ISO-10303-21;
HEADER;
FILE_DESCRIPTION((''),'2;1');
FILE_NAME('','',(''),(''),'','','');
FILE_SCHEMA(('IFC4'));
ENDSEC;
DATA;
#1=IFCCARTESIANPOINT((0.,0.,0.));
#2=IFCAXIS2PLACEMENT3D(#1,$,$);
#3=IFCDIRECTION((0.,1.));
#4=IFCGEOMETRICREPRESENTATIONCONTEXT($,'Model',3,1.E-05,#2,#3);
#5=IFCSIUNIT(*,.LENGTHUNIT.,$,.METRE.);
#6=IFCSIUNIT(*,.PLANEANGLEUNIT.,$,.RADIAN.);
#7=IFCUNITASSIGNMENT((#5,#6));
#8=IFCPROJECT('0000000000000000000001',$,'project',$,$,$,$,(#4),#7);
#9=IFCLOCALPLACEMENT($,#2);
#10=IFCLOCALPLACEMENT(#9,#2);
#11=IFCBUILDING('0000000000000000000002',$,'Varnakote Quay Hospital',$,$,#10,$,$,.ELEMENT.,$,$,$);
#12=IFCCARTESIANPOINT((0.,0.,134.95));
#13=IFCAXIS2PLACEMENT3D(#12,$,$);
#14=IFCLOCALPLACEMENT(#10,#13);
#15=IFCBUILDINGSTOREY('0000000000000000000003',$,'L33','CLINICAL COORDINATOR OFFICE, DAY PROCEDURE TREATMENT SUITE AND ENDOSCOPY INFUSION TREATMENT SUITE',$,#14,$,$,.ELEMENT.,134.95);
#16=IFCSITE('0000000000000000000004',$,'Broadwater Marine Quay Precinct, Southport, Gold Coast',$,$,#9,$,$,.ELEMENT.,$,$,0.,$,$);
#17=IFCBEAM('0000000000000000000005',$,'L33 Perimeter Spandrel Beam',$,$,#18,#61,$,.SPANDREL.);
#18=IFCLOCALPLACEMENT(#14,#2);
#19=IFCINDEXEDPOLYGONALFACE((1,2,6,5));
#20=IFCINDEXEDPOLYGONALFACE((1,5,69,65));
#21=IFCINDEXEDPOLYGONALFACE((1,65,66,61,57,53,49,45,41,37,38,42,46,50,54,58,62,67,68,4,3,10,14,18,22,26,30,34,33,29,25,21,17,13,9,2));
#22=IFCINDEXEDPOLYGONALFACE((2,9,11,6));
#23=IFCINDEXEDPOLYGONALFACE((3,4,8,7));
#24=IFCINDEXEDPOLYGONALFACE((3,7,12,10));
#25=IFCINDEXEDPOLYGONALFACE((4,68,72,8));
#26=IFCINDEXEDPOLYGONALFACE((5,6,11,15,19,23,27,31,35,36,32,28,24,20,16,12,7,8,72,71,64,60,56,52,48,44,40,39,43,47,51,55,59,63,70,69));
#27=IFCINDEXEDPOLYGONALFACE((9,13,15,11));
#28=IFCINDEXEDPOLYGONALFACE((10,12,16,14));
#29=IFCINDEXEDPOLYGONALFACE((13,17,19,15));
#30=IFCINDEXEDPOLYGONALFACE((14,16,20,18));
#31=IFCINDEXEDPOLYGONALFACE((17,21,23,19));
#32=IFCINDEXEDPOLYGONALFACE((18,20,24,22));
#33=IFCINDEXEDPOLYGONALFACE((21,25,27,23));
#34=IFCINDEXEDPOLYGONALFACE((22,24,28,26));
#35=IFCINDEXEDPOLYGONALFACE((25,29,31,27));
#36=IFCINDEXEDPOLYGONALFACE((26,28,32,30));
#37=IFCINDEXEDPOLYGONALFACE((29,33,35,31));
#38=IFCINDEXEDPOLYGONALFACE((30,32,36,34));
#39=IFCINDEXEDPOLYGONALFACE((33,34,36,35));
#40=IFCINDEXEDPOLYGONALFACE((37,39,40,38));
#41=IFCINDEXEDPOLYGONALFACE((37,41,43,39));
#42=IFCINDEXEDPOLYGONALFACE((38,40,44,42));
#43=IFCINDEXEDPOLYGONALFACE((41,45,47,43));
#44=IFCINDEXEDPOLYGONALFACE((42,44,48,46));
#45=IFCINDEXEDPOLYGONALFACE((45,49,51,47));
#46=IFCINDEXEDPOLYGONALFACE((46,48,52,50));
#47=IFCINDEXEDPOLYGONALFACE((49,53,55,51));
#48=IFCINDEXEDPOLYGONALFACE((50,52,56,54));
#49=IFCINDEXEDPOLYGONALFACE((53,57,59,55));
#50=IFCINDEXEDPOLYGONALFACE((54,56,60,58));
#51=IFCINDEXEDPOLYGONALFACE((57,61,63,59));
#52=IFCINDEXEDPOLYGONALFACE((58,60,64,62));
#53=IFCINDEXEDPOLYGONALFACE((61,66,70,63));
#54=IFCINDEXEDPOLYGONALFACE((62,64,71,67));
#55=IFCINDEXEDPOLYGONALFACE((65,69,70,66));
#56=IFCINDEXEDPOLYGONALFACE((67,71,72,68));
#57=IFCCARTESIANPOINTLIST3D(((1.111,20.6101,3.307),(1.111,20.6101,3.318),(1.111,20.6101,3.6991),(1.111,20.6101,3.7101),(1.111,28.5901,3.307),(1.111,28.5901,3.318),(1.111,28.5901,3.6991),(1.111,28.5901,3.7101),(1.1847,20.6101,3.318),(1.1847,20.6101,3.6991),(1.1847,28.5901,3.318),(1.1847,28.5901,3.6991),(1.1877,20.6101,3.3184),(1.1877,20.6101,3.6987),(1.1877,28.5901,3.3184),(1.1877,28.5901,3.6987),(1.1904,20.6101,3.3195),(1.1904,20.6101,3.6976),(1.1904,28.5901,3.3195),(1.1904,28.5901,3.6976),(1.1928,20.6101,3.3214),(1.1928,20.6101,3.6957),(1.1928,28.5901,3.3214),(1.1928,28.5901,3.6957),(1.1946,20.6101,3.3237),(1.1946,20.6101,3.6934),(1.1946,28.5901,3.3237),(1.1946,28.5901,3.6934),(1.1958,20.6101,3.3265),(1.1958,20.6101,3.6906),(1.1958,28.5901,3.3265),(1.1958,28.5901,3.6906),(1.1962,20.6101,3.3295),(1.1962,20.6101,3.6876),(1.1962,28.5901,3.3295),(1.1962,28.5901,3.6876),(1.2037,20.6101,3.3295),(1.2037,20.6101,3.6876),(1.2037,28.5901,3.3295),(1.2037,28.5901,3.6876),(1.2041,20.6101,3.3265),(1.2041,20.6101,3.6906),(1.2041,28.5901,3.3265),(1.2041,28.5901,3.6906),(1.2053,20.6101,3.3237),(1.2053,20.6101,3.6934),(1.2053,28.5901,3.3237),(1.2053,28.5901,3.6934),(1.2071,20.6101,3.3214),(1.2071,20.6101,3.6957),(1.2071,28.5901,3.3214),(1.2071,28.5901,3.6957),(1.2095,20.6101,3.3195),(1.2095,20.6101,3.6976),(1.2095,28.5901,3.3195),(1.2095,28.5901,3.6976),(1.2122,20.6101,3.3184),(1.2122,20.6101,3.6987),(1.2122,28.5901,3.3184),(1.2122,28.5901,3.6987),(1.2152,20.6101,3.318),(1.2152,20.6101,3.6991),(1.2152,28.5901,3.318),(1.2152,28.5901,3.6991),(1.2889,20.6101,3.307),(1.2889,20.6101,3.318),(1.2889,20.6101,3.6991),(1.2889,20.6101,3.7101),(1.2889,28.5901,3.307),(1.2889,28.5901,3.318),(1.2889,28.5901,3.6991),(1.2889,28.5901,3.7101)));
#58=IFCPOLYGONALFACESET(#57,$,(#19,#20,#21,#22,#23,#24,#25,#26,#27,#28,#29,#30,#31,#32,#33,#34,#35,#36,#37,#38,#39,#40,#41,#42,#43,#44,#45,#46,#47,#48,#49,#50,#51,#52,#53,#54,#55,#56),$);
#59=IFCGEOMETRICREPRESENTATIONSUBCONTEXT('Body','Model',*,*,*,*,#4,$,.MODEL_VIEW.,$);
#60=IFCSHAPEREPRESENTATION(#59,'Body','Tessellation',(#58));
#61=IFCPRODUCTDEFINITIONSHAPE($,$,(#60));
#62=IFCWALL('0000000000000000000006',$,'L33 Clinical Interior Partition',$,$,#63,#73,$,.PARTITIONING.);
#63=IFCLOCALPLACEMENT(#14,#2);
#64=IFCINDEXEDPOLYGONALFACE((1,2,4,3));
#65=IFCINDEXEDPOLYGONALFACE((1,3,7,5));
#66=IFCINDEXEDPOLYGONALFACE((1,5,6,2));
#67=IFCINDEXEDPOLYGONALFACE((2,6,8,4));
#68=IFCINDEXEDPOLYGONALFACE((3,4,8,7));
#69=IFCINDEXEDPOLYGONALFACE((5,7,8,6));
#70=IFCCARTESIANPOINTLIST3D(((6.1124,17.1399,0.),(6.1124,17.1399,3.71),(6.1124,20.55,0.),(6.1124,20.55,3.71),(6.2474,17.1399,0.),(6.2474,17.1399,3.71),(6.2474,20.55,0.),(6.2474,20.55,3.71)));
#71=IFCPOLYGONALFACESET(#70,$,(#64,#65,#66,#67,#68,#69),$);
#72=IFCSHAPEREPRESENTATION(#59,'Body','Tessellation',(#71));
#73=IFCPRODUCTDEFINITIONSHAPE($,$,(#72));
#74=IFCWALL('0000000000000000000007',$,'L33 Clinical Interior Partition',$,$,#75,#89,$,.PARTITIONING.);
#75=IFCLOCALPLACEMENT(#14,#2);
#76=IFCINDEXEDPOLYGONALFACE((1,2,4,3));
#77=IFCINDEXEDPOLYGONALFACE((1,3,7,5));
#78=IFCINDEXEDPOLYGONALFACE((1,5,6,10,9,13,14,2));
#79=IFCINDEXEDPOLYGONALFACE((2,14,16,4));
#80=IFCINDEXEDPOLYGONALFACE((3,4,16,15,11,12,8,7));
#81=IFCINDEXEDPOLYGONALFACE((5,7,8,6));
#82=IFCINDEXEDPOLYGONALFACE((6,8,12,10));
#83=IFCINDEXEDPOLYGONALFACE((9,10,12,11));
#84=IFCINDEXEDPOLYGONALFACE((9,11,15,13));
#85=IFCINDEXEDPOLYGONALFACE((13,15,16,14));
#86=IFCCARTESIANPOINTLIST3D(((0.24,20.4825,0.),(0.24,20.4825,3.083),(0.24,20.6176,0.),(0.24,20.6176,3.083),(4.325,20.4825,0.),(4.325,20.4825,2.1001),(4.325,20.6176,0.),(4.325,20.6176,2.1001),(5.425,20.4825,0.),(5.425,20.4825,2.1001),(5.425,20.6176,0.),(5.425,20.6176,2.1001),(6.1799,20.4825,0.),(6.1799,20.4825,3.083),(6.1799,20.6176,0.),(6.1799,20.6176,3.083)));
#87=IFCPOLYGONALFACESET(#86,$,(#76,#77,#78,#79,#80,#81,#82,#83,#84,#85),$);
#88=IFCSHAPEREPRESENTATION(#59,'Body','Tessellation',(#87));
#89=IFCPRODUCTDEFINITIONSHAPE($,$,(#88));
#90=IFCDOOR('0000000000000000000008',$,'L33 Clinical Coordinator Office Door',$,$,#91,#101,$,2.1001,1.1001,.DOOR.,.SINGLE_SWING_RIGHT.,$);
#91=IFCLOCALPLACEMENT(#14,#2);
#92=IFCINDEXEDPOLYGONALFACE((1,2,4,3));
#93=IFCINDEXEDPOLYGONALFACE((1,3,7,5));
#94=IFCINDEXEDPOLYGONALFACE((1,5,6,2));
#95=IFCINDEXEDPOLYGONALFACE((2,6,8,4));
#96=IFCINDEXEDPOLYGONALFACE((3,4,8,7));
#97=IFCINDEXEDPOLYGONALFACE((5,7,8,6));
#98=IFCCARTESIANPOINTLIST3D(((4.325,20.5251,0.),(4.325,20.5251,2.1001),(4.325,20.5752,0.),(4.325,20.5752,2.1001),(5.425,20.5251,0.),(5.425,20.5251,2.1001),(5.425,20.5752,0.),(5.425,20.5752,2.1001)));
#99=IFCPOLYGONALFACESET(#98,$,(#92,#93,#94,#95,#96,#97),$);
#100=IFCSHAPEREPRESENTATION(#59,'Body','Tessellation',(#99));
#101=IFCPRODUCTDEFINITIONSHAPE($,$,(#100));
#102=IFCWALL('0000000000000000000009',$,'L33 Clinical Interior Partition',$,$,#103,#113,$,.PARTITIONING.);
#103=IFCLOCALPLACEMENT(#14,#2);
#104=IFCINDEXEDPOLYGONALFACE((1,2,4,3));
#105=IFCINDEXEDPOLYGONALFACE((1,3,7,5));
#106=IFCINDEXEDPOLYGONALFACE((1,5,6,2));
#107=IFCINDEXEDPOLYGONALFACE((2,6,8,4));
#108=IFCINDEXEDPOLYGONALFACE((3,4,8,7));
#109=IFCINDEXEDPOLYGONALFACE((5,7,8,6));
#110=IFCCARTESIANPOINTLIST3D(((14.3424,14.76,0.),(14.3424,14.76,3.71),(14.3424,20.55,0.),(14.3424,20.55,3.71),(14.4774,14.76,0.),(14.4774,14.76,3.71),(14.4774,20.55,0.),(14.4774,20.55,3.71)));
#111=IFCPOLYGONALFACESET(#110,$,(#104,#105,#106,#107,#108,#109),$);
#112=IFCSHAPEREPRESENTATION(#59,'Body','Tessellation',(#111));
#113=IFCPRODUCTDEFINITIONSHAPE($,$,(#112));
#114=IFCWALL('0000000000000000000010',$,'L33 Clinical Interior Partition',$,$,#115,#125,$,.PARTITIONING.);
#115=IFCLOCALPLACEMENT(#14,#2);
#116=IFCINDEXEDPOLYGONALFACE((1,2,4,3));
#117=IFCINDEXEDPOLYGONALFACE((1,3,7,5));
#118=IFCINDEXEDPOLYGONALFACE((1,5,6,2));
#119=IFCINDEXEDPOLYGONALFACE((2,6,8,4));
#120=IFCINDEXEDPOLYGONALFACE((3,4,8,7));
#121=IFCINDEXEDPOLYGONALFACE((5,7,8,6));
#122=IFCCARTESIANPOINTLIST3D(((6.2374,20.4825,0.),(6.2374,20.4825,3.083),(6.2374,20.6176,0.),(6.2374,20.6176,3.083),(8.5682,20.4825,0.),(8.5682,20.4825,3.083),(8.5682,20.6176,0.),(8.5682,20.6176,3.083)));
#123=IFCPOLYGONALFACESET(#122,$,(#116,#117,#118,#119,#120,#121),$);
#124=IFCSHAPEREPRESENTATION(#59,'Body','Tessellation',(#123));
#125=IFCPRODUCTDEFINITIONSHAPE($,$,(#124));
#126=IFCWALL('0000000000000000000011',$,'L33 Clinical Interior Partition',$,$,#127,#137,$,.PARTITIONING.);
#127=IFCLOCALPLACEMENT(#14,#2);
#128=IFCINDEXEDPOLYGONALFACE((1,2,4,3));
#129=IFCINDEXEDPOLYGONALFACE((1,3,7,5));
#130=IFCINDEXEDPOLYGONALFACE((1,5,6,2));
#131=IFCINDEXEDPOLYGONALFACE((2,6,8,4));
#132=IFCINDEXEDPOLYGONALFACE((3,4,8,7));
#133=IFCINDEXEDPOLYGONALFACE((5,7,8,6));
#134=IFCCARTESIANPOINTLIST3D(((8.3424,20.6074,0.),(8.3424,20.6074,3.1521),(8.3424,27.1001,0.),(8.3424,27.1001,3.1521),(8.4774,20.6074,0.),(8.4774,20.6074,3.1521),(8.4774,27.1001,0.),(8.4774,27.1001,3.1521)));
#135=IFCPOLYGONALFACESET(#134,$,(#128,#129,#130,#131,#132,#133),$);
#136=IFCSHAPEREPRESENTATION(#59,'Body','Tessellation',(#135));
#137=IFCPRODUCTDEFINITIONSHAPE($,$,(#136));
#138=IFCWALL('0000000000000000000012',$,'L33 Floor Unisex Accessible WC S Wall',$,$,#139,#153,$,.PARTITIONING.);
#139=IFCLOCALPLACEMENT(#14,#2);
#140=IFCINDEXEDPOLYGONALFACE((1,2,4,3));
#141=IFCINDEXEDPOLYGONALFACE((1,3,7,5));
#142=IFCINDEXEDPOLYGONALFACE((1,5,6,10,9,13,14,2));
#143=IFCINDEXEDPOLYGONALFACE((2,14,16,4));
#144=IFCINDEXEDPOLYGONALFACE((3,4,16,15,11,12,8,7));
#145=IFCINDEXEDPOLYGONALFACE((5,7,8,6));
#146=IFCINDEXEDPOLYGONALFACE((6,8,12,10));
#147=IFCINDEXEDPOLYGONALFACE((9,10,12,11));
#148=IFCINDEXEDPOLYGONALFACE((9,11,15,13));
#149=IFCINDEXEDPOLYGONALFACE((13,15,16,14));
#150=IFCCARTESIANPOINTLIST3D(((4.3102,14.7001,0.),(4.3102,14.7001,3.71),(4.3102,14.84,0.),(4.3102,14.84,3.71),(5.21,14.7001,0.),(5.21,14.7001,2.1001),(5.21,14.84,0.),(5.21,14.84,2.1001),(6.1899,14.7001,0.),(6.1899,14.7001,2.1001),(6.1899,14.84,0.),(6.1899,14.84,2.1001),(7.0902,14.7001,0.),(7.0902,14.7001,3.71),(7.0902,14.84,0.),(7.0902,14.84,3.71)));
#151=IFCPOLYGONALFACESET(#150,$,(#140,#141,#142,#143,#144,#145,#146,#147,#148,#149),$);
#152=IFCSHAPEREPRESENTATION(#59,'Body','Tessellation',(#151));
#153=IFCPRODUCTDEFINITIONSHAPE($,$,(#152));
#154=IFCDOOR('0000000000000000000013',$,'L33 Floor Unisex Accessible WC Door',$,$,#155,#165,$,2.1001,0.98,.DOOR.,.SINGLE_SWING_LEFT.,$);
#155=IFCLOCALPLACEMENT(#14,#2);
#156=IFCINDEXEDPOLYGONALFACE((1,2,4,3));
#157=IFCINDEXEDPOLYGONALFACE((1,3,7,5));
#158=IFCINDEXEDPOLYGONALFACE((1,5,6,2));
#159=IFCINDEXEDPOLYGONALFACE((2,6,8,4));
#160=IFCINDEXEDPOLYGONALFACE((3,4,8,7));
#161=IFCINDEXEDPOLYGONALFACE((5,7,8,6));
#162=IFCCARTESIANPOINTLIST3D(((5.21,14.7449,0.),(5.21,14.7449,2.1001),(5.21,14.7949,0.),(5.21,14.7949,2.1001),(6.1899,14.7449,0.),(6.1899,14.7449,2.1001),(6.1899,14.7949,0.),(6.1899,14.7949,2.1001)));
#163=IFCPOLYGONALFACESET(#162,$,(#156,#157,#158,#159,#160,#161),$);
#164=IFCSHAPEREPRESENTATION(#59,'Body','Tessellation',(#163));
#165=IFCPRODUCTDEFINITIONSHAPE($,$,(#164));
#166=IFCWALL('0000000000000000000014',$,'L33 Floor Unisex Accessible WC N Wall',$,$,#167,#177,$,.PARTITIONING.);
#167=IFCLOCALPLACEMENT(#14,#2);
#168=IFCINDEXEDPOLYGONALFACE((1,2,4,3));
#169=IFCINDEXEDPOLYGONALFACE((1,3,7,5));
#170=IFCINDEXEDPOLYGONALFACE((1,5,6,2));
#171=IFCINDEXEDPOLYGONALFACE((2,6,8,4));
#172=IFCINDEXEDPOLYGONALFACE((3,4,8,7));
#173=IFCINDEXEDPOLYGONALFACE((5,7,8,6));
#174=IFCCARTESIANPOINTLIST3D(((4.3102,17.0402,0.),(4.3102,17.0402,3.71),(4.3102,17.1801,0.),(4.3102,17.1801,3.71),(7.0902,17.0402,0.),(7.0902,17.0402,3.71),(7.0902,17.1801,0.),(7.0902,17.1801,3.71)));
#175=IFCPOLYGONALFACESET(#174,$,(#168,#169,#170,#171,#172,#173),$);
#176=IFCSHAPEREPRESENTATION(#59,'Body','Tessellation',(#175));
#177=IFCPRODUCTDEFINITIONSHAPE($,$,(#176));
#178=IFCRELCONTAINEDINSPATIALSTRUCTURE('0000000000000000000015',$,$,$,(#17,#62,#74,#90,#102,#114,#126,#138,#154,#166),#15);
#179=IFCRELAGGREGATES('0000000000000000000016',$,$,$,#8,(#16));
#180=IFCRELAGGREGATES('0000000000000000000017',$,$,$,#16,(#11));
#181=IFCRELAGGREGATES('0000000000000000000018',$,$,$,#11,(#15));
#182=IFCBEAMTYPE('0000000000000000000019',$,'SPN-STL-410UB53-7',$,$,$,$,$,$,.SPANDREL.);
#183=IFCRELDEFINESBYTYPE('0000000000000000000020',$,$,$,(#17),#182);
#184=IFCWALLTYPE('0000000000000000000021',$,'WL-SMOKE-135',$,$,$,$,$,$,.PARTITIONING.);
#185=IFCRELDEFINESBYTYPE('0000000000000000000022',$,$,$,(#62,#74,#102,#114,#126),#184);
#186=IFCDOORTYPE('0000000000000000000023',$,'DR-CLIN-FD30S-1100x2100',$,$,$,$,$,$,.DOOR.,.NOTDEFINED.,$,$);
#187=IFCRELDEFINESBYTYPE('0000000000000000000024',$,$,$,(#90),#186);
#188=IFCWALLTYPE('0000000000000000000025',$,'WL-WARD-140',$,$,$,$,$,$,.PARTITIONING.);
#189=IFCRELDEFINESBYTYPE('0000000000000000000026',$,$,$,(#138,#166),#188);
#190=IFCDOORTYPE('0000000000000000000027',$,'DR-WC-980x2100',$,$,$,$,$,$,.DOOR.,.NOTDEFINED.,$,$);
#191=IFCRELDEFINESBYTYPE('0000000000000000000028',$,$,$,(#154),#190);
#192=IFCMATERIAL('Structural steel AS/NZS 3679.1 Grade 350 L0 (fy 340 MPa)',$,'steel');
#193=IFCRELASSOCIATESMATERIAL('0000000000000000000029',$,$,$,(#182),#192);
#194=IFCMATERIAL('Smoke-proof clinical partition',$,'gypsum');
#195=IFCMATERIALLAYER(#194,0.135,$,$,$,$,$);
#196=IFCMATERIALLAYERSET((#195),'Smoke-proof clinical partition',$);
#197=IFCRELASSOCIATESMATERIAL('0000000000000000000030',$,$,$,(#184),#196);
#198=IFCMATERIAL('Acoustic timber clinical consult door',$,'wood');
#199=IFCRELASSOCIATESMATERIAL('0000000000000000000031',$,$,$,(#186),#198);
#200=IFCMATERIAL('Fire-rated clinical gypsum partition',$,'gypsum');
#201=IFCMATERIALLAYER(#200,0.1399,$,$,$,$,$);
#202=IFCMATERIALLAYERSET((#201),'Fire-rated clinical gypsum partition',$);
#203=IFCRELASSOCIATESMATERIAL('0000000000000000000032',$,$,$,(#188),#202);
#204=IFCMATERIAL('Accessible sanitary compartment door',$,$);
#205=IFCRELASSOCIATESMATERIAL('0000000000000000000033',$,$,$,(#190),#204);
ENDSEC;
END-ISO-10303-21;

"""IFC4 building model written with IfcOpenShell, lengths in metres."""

from ifc_helpers import new_model, si_unit, direction, frame, frame_2d, origin, origin_2d, place, context, subcontext, project, spatial, rectangle, i_section, extrude, material, layer, layer_set, material_profile, profile_set, type_object, element, fill, save


model = new_model("IFC4")

# Units and contexts
model_context = context("Model", 3, precision=1e-05, world=origin(), true_north=direction((0.0, 1.0)))
body_context = subcontext(model_context, "Body", "Model", "MODEL_VIEW")
ifc_project = project(units=[si_unit("LENGTHUNIT", "METRE"), si_unit("PLANEANGLEUNIT", "RADIAN")], contexts=[model_context])

# Site, building, storey
site_placement = place(None, origin())
site = spatial("IfcSite", under=ifc_project, at=site_placement, Name="Broadwater Marine Quay Precinct, Southport, Gold Coast", CompositionType="ELEMENT", RefElevation=0.0)
building_placement = place(site_placement, origin())
building = spatial("IfcBuilding", under=site, at=building_placement, Name="Varnakote Quay Hospital", CompositionType="ELEMENT")
storey_placement = place(building_placement, frame((0.0, 0.0, 134.95)))
storey = spatial("IfcBuildingStorey", under=building, at=storey_placement, Name="L33", Description="CLINICAL COORDINATOR OFFICE, DAY PROCEDURE TREATMENT SUITE AND ENDOSCOPY INFUSION TREATMENT SUITE", CompositionType="ELEMENT", Elevation=134.95)

# Beam
ifc_material_1 = material(Name="Structural steel AS/NZS 3679.1 Grade 350 L0 (fy 340 MPa)", Category="steel")
ifc_material_profile_1 = material_profile(ifc_material_1, i_section(OverallWidth=0.178, OverallDepth=0.4031, WebThickness=0.0076, FlangeThickness=0.011, FilletRadius=0.0115, at=origin_2d()), Name="410UB53.7")
ifc_profile_set_1 = profile_set([ifc_material_profile_1], Name="Structural steel AS/NZS 3679.1 Grade 350 L0 (fy 340 MPa)")
beam_type_1 = type_object("IfcBeamType", Name="SPN-STL-410UB53-7", PredefinedType="SPANDREL", material=ifc_profile_set_1)
beam_1_placement = place(storey_placement, frame((1.2, 20.6101, 3.5085), z_axis=(0.0, 1.0, 0.0), x_axis=(-1.0, 0.0, 0.0)))
element("IfcBeam", 1, at=beam_1_placement, inside=storey, type_object=beam_type_1, Name="L33 Perimeter Spandrel Beam", PredefinedType="SPANDREL", context=body_context, shape_type="SweptSolid", body=[
    extrude(i_section(OverallWidth=0.178, OverallDepth=0.4031, WebThickness=0.0076, FlangeThickness=0.011, FilletRadius=0.0115, at=origin_2d()), origin(), (0.0, 0.0, 1.0), 7.98),
])

# Wall
ifc_material_2 = material(Name="Smoke-proof clinical partition", Category="gypsum")
ifc_layer_1 = layer(ifc_material_2, 0.135)
ifc_layer_set_1 = layer_set([ifc_layer_1], Name="Smoke-proof clinical partition")
wall_type_1 = type_object("IfcWallType", Name="WL-SMOKE-135", PredefinedType="PARTITIONING", material=ifc_layer_set_1)
wall_1_placement = place(storey_placement, frame((6.1799, 17.1399, 0.0), z_axis=(0.0, 0.0, 1.0), x_axis=(0.0, 1.0, 0.0)))
element("IfcWall", 2, at=wall_1_placement, inside=storey, type_object=wall_type_1, Name="L33 Clinical Interior Partition", PredefinedType="PARTITIONING", context=body_context, shape_type="SweptSolid", body=[
    extrude(rectangle(XDim=3.4102, YDim=0.135, at=frame_2d((1.7051, 0.0))), origin(), (0.0, 0.0, 1.0), 3.71),
])

# Wall, opening, door
wall_2_placement = place(storey_placement, frame((6.1799, 20.55, 0.0), z_axis=(0.0, 0.0, 1.0), x_axis=(-1.0, 0.0, 0.0)))
wall_2 = element("IfcWall", 3, at=wall_2_placement, inside=storey, type_object=wall_type_1, Name="L33 Clinical Interior Partition", PredefinedType="PARTITIONING", context=body_context, shape_type="SweptSolid", body=[
    extrude(rectangle(XDim=5.9399, YDim=0.135, at=frame_2d((2.97, 0.0))), origin(), (0.0, 0.0, 1.0), 3.083),
])
opening_1_placement = place(wall_2_placement, frame((0.7549, 0.0, 0.0)))
opening_1 = element("IfcOpeningElement", 4, at=opening_1_placement, cuts=wall_2, PredefinedType="OPENING", context=body_context, shape_type="SweptSolid", body=[
    extrude(rectangle(XDim=1.1001, YDim=2.1001, at=frame_2d((0.55, 1.05))), frame((0.0, 0.0774, 0.0), z_axis=(0.0, -1.0, 0.0), x_axis=(1.0, 0.0, 0.0)), (0.0, 0.0, 1.0), 0.155),
])
ifc_material_3 = material(Name="Acoustic timber clinical consult door", Category="wood")
door_type_1 = type_object("IfcDoorType", Name="DR-CLIN-FD30S-1100x2100", OperationType="NOTDEFINED", PredefinedType="DOOR", material=ifc_material_3)
door_1_placement = place(opening_1_placement, origin())
door_1 = element("IfcDoor", 5, at=door_1_placement, inside=storey, type_object=door_type_1, Name="L33 Clinical Coordinator Office Door", OperationType="SINGLE_SWING_RIGHT", OverallHeight=2.1001, OverallWidth=1.1001, PredefinedType="DOOR", context=body_context, shape_type="SweptSolid", body=[
    extrude(rectangle(XDim=1.1001, YDim=2.1001, at=frame_2d((0.55, 1.05))), frame((0.0, 0.0249, 0.0), z_axis=(0.0, -1.0, 0.0), x_axis=(1.0, 0.0, 0.0)), (0.0, 0.0, 1.0), 0.05),
])
fill(opening_1, door_1)

# Walls
wall_3_placement = place(storey_placement, frame((14.4099, 14.76, 0.0), z_axis=(0.0, 0.0, 1.0), x_axis=(0.0, 1.0, 0.0)))
element("IfcWall", 6, at=wall_3_placement, inside=storey, type_object=wall_type_1, Name="L33 Clinical Interior Partition", PredefinedType="PARTITIONING", context=body_context, shape_type="SweptSolid", body=[
    extrude(rectangle(XDim=5.79, YDim=0.135, at=frame_2d((2.895, 0.0))), origin(), (0.0, 0.0, 1.0), 3.71),
])
wall_4_placement = place(storey_placement, frame((8.5684, 20.55, 0.0), z_axis=(0.0, 0.0, 1.0), x_axis=(-1.0, 0.0, 0.0)))
element("IfcWall", 7, at=wall_4_placement, inside=storey, type_object=wall_type_1, Name="L33 Clinical Interior Partition", PredefinedType="PARTITIONING", context=body_context, shape_type="SweptSolid", body=[
    extrude(rectangle(XDim=2.3308, YDim=0.135, at=frame_2d((1.1655, 0.0))), origin(), (0.0, 0.0, 1.0), 3.083),
])
wall_5_placement = place(storey_placement, frame((8.4099, 20.6074, 0.0), z_axis=(0.0, 0.0, 1.0), x_axis=(0.0, 1.0, 0.0)))
element("IfcWall", 8, at=wall_5_placement, inside=storey, type_object=wall_type_1, Name="L33 Clinical Interior Partition", PredefinedType="PARTITIONING", context=body_context, shape_type="SweptSolid", body=[
    extrude(rectangle(XDim=6.4927, YDim=0.135, at=frame_2d((3.2463, 0.0))), origin(), (0.0, 0.0, 1.0), 3.1521),
])

# Wall, opening, door
ifc_material_4 = material(Name="Fire-rated clinical gypsum partition", Category="gypsum")
ifc_layer_2 = layer(ifc_material_4, 0.1399)
ifc_layer_set_2 = layer_set([ifc_layer_2], Name="Fire-rated clinical gypsum partition")
wall_type_2 = type_object("IfcWallType", Name="WL-WARD-140", PredefinedType="PARTITIONING", material=ifc_layer_set_2)
wall_6_placement = place(storey_placement, frame((4.3101, 14.77, 0.0), z_axis=(0.0, 0.0, 1.0), x_axis=(1.0, 0.0, 0.0)))
wall_6 = element("IfcWall", 9, at=wall_6_placement, inside=storey, type_object=wall_type_2, Name="L33 Floor Unisex Accessible WC S Wall", PredefinedType="PARTITIONING", context=body_context, shape_type="SweptSolid", body=[
    extrude(rectangle(XDim=2.78, YDim=0.1399, at=frame_2d((1.3901, 0.0))), origin(), (0.0, 0.0, 1.0), 3.71),
])
opening_2_placement = place(wall_6_placement, frame((0.8999, 0.0, 0.0)))
opening_2 = element("IfcOpeningElement", 10, at=opening_2_placement, cuts=wall_6, PredefinedType="OPENING", context=body_context, shape_type="SweptSolid", body=[
    extrude(rectangle(XDim=0.98, YDim=2.1001, at=frame_2d((0.49, 1.05))), frame((0.0, 0.0798, 0.0), z_axis=(0.0, -1.0, 0.0), x_axis=(1.0, 0.0, 0.0)), (0.0, 0.0, 1.0), 0.1599),
])
ifc_material_5 = material(Name="Accessible sanitary compartment door")
door_type_2 = type_object("IfcDoorType", Name="DR-WC-980x2100", OperationType="NOTDEFINED", PredefinedType="DOOR", material=ifc_material_5)
door_2_placement = place(opening_2_placement, origin())
door_2 = element("IfcDoor", 11, at=door_2_placement, inside=storey, type_object=door_type_2, Name="L33 Floor Unisex Accessible WC Door", OperationType="SINGLE_SWING_LEFT", OverallHeight=2.1001, OverallWidth=0.98, PredefinedType="DOOR", context=body_context, shape_type="SweptSolid", body=[
    extrude(rectangle(XDim=0.98, YDim=2.1001, at=frame_2d((0.49, 1.05))), frame((0.0, 0.0249, 0.0), z_axis=(0.0, -1.0, 0.0), x_axis=(1.0, 0.0, 0.0)), (0.0, 0.0, 1.0), 0.05),
])
fill(opening_2, door_2)

# Wall
wall_7_placement = place(storey_placement, frame((4.3101, 17.1101, 0.0), z_axis=(0.0, 0.0, 1.0), x_axis=(1.0, 0.0, 0.0)))
element("IfcWall", 12, at=wall_7_placement, inside=storey, type_object=wall_type_2, Name="L33 Floor Unisex Accessible WC N Wall", PredefinedType="PARTITIONING", context=body_context, shape_type="SweptSolid", body=[
    extrude(rectangle(XDim=2.78, YDim=0.1399, at=frame_2d((1.3901, 0.0))), origin(), (0.0, 0.0, 1.0), 3.71),
])

save(model, "model.ifc")
